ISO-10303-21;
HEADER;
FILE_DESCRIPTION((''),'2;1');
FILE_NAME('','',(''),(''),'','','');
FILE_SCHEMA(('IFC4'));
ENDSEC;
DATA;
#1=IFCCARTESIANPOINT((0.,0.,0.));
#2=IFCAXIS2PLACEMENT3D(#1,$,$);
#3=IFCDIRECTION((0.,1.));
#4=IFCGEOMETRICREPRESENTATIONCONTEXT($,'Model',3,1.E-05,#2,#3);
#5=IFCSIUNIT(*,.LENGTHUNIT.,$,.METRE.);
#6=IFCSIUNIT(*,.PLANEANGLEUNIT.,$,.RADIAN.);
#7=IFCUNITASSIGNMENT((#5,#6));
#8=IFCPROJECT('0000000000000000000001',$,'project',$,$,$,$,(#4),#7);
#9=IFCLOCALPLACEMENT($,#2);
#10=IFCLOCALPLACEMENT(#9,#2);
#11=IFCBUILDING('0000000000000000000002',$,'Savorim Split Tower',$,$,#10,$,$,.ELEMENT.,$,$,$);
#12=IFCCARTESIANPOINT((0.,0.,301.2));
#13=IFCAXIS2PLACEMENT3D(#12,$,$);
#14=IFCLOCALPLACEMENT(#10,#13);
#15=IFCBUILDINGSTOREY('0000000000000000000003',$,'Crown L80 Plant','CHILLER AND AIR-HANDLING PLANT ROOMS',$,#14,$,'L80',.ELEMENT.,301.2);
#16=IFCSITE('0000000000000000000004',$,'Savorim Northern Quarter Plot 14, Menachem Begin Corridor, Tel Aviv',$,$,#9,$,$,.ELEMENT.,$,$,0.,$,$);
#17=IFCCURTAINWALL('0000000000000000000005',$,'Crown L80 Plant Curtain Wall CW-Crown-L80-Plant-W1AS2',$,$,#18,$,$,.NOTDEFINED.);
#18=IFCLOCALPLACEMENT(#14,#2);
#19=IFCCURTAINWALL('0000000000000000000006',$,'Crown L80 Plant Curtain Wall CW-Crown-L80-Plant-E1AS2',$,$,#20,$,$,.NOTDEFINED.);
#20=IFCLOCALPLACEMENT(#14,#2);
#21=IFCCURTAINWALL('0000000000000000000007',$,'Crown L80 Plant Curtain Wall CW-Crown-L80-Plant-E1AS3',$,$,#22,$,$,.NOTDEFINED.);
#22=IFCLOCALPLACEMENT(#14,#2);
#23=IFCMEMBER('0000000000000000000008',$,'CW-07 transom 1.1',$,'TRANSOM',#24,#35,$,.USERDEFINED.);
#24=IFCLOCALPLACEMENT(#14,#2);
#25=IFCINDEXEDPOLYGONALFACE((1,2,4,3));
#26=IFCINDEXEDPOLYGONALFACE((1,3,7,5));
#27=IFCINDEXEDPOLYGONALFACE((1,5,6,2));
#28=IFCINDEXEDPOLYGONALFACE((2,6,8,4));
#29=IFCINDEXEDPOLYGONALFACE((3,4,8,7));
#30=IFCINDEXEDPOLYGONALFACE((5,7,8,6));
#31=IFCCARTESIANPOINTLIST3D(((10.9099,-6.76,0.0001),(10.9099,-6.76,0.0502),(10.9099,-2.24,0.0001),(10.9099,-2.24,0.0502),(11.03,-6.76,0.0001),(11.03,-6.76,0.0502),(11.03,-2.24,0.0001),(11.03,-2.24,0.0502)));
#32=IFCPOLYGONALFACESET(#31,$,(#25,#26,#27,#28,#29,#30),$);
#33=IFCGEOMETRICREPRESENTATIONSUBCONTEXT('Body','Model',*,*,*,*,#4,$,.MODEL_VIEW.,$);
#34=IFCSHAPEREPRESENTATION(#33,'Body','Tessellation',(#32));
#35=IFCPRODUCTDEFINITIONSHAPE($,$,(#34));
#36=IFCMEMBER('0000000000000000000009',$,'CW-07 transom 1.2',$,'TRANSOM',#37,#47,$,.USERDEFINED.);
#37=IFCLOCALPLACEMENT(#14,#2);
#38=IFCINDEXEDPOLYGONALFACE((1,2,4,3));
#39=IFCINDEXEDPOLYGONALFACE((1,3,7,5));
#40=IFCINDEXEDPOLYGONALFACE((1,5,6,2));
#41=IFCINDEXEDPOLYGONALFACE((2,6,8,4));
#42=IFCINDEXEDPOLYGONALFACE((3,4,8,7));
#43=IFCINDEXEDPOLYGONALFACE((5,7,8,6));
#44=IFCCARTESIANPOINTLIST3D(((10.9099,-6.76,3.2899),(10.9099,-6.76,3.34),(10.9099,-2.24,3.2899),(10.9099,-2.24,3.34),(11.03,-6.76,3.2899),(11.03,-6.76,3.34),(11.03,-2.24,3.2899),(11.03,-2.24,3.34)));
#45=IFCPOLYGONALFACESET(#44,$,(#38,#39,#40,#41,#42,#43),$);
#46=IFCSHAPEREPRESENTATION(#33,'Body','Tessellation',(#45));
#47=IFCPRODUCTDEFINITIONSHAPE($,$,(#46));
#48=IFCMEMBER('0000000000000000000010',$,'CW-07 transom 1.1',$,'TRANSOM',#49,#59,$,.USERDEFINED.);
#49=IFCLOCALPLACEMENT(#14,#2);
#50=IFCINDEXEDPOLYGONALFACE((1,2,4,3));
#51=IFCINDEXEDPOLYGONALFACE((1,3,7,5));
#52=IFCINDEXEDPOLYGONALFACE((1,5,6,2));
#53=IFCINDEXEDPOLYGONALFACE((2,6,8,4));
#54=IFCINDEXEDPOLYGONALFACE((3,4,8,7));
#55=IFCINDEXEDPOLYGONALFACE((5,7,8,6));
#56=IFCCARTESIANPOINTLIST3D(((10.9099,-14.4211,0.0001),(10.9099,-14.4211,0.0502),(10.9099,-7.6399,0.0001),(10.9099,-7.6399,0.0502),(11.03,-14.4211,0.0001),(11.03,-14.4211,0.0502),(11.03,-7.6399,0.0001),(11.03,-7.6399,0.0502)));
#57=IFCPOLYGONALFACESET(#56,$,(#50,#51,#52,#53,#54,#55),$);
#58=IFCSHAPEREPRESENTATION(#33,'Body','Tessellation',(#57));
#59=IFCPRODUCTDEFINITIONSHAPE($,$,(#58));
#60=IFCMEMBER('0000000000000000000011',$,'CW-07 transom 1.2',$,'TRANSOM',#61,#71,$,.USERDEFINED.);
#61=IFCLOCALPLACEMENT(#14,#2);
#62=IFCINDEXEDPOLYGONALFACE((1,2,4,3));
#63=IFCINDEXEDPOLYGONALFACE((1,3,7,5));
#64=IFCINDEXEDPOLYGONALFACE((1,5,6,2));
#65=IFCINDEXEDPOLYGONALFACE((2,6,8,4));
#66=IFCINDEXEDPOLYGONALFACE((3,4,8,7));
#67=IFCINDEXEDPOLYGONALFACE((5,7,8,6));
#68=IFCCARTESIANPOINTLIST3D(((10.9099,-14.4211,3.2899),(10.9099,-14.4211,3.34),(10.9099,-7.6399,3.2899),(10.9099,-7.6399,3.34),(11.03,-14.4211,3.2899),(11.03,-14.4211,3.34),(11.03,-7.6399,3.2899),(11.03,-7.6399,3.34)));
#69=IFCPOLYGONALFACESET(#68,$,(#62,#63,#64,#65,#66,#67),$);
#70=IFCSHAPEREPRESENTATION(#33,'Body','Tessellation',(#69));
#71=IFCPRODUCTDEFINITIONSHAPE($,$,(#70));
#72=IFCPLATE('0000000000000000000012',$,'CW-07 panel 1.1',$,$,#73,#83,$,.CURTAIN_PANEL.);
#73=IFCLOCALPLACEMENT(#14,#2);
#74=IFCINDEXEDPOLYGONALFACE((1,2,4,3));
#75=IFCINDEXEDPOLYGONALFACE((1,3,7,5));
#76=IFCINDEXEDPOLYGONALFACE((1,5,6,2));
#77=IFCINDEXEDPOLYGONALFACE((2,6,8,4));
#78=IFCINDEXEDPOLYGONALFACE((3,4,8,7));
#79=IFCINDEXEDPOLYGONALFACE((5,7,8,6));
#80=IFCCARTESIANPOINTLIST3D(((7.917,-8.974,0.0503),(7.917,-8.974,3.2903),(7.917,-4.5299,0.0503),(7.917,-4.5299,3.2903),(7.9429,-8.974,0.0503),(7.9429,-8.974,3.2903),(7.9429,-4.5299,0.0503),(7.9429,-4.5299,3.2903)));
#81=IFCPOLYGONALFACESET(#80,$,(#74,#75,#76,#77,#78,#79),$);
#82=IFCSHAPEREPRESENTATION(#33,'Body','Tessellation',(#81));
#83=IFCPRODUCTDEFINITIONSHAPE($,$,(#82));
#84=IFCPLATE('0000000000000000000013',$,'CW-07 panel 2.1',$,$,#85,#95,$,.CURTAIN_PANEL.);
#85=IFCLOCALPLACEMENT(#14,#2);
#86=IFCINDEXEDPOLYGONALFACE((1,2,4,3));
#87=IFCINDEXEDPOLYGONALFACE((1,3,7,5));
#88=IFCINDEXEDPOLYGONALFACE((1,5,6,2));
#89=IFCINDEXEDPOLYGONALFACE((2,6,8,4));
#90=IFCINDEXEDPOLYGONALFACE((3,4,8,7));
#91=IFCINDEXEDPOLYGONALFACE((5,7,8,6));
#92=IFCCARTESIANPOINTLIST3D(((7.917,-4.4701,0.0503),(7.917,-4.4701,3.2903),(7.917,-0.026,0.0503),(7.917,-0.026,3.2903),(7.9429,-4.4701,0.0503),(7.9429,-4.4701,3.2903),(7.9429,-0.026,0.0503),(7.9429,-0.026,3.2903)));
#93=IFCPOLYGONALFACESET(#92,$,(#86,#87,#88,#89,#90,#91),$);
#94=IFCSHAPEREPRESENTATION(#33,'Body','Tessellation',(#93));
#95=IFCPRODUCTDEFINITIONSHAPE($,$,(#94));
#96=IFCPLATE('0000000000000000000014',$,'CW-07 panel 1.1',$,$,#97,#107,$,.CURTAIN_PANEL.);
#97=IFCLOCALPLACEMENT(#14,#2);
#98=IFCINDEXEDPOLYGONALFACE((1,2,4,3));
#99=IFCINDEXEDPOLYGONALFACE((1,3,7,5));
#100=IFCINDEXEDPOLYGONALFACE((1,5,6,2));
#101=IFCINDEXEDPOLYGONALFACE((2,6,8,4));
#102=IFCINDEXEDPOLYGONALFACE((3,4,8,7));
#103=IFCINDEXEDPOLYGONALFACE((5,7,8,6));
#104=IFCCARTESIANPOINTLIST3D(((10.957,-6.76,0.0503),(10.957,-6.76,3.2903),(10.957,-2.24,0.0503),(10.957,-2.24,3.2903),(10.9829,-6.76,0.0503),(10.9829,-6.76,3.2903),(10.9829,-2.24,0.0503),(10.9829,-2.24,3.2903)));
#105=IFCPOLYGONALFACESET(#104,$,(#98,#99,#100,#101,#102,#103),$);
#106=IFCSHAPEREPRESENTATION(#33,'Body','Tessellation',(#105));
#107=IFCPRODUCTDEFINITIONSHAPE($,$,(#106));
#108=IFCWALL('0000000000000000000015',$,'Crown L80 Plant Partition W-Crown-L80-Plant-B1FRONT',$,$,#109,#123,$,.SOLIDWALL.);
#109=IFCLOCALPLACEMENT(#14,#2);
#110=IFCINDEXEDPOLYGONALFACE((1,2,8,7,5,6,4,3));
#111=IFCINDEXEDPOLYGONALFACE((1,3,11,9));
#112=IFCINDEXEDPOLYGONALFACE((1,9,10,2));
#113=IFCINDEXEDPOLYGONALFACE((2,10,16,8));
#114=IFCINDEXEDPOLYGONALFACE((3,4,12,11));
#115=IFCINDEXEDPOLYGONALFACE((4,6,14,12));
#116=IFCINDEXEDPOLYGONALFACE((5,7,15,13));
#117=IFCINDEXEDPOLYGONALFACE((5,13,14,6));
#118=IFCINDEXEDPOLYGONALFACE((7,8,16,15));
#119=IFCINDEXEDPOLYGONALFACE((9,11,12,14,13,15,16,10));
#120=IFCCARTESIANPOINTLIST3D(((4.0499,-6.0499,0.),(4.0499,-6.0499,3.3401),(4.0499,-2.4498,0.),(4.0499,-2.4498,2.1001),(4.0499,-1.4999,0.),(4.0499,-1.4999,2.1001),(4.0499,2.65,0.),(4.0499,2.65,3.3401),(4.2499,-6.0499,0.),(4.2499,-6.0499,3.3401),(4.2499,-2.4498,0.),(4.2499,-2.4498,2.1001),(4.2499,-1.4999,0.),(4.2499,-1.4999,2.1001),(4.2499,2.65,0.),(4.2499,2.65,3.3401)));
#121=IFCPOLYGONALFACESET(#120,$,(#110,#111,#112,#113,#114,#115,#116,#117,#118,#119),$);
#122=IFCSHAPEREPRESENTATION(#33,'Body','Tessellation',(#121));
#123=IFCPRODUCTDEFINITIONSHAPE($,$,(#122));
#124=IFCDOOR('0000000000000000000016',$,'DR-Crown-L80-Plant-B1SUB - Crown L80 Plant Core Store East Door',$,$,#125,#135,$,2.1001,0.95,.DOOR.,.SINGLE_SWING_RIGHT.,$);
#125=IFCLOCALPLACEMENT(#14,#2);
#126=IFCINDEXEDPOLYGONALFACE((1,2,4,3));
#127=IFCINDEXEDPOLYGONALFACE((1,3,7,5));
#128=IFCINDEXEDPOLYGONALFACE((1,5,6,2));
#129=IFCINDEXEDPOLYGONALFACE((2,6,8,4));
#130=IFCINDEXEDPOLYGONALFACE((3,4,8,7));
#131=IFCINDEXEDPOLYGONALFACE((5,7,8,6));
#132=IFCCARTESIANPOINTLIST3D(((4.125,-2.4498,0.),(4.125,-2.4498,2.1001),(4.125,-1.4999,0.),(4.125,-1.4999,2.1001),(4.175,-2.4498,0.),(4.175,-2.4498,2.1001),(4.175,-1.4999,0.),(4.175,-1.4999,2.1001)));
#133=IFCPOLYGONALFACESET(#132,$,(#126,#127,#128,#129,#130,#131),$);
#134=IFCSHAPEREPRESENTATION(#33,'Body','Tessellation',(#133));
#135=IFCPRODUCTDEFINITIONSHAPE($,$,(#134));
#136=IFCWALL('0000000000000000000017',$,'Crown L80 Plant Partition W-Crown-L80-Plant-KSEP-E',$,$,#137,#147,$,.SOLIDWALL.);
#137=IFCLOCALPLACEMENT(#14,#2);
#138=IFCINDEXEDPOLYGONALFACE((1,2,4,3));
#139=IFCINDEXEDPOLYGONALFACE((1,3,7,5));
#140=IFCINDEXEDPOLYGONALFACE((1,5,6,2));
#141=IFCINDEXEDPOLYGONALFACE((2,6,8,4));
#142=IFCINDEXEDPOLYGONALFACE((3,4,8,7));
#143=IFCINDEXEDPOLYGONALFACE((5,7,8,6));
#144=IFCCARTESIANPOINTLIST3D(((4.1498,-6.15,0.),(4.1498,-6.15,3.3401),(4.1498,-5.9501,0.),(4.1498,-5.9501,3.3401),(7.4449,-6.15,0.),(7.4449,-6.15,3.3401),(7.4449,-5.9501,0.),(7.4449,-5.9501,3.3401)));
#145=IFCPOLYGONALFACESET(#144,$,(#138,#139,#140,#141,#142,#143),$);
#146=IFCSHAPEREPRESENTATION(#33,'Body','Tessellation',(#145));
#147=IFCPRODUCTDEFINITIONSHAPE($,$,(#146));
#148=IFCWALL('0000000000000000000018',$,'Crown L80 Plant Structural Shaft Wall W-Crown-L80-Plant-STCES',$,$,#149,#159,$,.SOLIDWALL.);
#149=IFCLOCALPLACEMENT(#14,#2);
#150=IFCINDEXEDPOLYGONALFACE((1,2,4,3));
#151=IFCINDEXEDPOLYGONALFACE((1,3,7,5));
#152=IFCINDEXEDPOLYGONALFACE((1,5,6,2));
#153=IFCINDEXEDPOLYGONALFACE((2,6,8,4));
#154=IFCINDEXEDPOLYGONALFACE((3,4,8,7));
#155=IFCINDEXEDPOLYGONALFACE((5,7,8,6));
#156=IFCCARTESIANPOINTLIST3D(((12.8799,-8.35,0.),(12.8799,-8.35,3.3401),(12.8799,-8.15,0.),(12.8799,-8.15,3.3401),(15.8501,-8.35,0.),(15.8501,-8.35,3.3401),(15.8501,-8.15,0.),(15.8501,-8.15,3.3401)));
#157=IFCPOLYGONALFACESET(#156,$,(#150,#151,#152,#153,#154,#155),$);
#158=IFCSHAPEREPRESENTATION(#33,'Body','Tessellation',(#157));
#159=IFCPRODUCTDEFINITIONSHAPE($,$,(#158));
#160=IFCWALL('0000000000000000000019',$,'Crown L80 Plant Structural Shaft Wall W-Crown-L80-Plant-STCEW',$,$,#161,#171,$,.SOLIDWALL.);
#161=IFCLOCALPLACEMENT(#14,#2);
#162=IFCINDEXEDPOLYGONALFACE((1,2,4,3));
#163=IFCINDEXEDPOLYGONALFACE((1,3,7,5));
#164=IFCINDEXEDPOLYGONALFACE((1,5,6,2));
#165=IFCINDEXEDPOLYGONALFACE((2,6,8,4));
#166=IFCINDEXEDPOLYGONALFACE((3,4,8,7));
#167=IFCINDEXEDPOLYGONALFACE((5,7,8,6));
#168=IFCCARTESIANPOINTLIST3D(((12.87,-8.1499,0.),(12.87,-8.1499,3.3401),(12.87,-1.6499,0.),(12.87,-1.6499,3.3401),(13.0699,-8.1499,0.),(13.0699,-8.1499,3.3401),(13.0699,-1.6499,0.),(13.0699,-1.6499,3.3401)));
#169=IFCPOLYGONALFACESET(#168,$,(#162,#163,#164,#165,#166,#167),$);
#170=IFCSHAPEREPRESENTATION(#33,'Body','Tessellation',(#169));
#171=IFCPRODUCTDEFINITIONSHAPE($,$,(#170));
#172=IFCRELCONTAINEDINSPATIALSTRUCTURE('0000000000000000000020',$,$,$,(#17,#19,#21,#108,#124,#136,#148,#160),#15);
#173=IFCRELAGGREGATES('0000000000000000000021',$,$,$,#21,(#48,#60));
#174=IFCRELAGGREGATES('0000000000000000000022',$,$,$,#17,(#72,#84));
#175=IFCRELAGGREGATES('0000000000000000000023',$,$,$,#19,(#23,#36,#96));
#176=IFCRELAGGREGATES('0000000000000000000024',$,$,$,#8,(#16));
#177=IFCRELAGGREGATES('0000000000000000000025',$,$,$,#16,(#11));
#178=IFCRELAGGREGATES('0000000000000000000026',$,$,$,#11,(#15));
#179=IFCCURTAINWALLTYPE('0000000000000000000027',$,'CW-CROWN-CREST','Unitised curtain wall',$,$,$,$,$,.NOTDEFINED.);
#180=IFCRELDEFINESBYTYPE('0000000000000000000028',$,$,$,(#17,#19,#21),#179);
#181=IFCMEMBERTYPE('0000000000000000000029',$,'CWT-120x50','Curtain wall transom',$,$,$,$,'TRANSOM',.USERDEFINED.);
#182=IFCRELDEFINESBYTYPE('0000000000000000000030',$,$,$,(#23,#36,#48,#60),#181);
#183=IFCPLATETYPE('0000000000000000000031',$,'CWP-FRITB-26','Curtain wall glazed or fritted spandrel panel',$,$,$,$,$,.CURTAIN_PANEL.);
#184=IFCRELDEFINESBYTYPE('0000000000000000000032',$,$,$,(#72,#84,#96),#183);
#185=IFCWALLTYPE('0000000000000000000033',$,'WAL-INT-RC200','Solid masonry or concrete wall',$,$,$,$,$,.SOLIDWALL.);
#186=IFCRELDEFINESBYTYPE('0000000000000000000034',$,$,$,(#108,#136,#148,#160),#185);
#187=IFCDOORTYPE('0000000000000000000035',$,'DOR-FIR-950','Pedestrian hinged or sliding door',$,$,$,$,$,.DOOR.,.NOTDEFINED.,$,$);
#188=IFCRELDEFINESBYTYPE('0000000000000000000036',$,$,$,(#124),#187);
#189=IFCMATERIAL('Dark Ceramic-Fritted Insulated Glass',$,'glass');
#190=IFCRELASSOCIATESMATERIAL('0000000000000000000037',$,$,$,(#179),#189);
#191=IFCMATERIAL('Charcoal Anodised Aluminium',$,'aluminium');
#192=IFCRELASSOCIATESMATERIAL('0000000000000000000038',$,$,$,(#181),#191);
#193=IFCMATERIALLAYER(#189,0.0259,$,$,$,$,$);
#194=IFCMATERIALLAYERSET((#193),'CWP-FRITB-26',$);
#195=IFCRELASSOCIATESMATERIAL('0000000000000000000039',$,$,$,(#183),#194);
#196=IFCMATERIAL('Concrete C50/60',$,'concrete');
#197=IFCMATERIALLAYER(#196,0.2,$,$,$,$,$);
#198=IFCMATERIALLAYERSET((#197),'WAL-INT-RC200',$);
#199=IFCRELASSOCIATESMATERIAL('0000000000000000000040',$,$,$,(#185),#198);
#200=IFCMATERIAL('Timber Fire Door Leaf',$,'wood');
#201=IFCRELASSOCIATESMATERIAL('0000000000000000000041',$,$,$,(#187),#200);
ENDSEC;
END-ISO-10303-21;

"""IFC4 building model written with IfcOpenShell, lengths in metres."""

from ifc_helpers import new_model, si_unit, direction, frame, frame_2d, origin, origin_2d, place, context, subcontext, project, spatial, rectangle, extrude, material, layer, layer_set, material_profile, profile_set, type_object, element, fill, aggregate, save


model = new_model("IFC4")

# Units and contexts
model_context = context("Model", 3, precision=1e-05, world=origin(), true_north=direction((0.0, 1.0)))
body_context = subcontext(model_context, "Body", "Model", "MODEL_VIEW")
ifc_project = project(units=[si_unit("LENGTHUNIT", "METRE"), si_unit("PLANEANGLEUNIT", "RADIAN")], contexts=[model_context])

# Site, building, storey
site_placement = place(None, origin())
site = spatial("IfcSite", under=ifc_project, at=site_placement, Name="Savorim Northern Quarter Plot 14, Menachem Begin Corridor, Tel Aviv", CompositionType="ELEMENT", RefElevation=0.0)
building_placement = place(site_placement, origin())
building = spatial("IfcBuilding", under=site, at=building_placement, Name="Savorim Split Tower", CompositionType="ELEMENT")
storey_placement = place(building_placement, frame((0.0, 0.0, 301.2)))
storey = spatial("IfcBuildingStorey", under=building, at=storey_placement, Name="Crown L80 Plant", Description="CHILLER AND AIR-HANDLING PLANT ROOMS", LongName="L80", CompositionType="ELEMENT", Elevation=301.2)

# Curtain walls
ifc_material_1 = material(Name="Dark Ceramic-Fritted Insulated Glass", Category="glass")
curtain_wall_type = type_object("IfcCurtainWallType", Name="CW-CROWN-CREST", Description="Unitised curtain wall", PredefinedType="NOTDEFINED", material=ifc_material_1)
curtain_wall_1_placement = place(storey_placement, origin())
curtain_wall_1 = element("IfcCurtainWall", 1, at=curtain_wall_1_placement, inside=storey, type_object=curtain_wall_type, Name="Crown L80 Plant Curtain Wall CW-Crown-L80-Plant-W1AS2", PredefinedType="NOTDEFINED")
ifc_material_2 = material(Name="Charcoal Anodised Aluminium", Category="aluminium")
curtain_wall_2_placement = place(storey_placement, origin())
curtain_wall_2 = element("IfcCurtainWall", 2, at=curtain_wall_2_placement, inside=storey, type_object=curtain_wall_type, Name="Crown L80 Plant Curtain Wall CW-Crown-L80-Plant-E1AS2", PredefinedType="NOTDEFINED")
curtain_wall_3_placement = place(storey_placement, origin())
curtain_wall_3 = element("IfcCurtainWall", 3, at=curtain_wall_3_placement, inside=storey, type_object=curtain_wall_type, Name="Crown L80 Plant Curtain Wall CW-Crown-L80-Plant-E1AS3", PredefinedType="NOTDEFINED")

# Members
ifc_material_profile_1 = material_profile(ifc_material_2, rectangle(XDim=0.1201, YDim=0.05, at=origin_2d()), Name="ALU-T 120x50")
ifc_profile_set_1 = profile_set([ifc_material_profile_1], Name="Charcoal Anodised Aluminium")
member_type_1 = type_object("IfcMemberType", Name="CWT-120x50", Description="Curtain wall transom", ElementType="TRANSOM", PredefinedType="USERDEFINED", material=ifc_profile_set_1)
member_1_placement = place(storey_placement, frame((10.97, -2.24, 0.0251), z_axis=(0.0, -1.0, 0.0), x_axis=(1.0, 0.0, 0.0)))
member_1 = element("IfcMember", 4, at=member_1_placement, type_object=member_type_1, Name="CW-07 transom 1.1", ObjectType="TRANSOM", PredefinedType="USERDEFINED", context=body_context, shape_type="SweptSolid", body=[
    extrude(rectangle(XDim=0.1201, YDim=0.05, at=origin_2d()), origin(), (0.0, 0.0, 1.0), 4.52),
])
member_2_placement = place(storey_placement, frame((10.97, -2.24, 3.3149), z_axis=(0.0, -1.0, 0.0), x_axis=(1.0, 0.0, 0.0)))
member_2 = element("IfcMember", 5, at=member_2_placement, type_object=member_type_1, Name="CW-07 transom 1.2", ObjectType="TRANSOM", PredefinedType="USERDEFINED", context=body_context, shape_type="SweptSolid", body=[
    extrude(rectangle(XDim=0.1201, YDim=0.05, at=origin_2d()), origin(), (0.0, 0.0, 1.0), 4.52),
])
member_3_placement = place(storey_placement, frame((10.97, -7.6399, 0.0251), z_axis=(0.0, -1.0, 0.0), x_axis=(1.0, 0.0, 0.0)))
member_3 = element("IfcMember", 6, at=member_3_placement, type_object=member_type_1, Name="CW-07 transom 1.1", ObjectType="TRANSOM", PredefinedType="USERDEFINED", context=body_context, shape_type="SweptSolid", body=[
    extrude(rectangle(XDim=0.1201, YDim=0.05, at=origin_2d()), origin(), (0.0, 0.0, 1.0), 6.7812),
])
member_4_placement = place(storey_placement, frame((10.97, -7.6399, 3.3149), z_axis=(0.0, -1.0, 0.0), x_axis=(1.0, 0.0, 0.0)))
member_4 = element("IfcMember", 7, at=member_4_placement, type_object=member_type_1, Name="CW-07 transom 1.2", ObjectType="TRANSOM", PredefinedType="USERDEFINED", context=body_context, shape_type="SweptSolid", body=[
    extrude(rectangle(XDim=0.1201, YDim=0.05, at=origin_2d()), origin(), (0.0, 0.0, 1.0), 6.7812),
])
aggregate(curtain_wall_3, [member_3, member_4])

# Plates
ifc_layer_1 = layer(ifc_material_1, 0.0259)
ifc_layer_set_1 = layer_set([ifc_layer_1], Name="CWP-FRITB-26")
plate_type = type_object("IfcPlateType", Name="CWP-FRITB-26", Description="Curtain wall glazed or fritted spandrel panel", PredefinedType="CURTAIN_PANEL", material=ifc_layer_set_1)
plate_1_placement = place(storey_placement, frame((7.9299, -6.752, 0.0503), z_axis=(0.0, 0.0, 1.0), x_axis=(0.0, 1.0, 0.0)))
plate_1 = element("IfcPlate", 8, at=plate_1_placement, type_object=plate_type, Name="CW-07 panel 1.1", PredefinedType="CURTAIN_PANEL", context=body_context, shape_type="SweptSolid", body=[
    extrude(rectangle(XDim=4.4441, YDim=0.0259, at=origin_2d()), origin(), (0.0, 0.0, 1.0), 3.24),
])
plate_2_placement = place(storey_placement, frame((7.9299, -2.248, 0.0503), z_axis=(0.0, 0.0, 1.0), x_axis=(0.0, 1.0, 0.0)))
plate_2 = element("IfcPlate", 9, at=plate_2_placement, type_object=plate_type, Name="CW-07 panel 2.1", PredefinedType="CURTAIN_PANEL", context=body_context, shape_type="SweptSolid", body=[
    extrude(rectangle(XDim=4.4441, YDim=0.0259, at=origin_2d()), origin(), (0.0, 0.0, 1.0), 3.24),
])
aggregate(curtain_wall_1, [plate_1, plate_2])
plate_3_placement = place(storey_placement, frame((10.97, -4.5, 0.0503), z_axis=(0.0, 0.0, 1.0), x_axis=(0.0, -1.0, 0.0)))
plate_3 = element("IfcPlate", 10, at=plate_3_placement, type_object=plate_type, Name="CW-07 panel 1.1", PredefinedType="CURTAIN_PANEL", context=body_context, shape_type="SweptSolid", body=[
    extrude(rectangle(XDim=4.52, YDim=0.0259, at=origin_2d()), origin(), (0.0, 0.0, 1.0), 3.24),
])
aggregate(curtain_wall_2, [member_1, member_2, plate_3])

# Wall, opening, door
ifc_material_3 = material(Name="Concrete C50/60", Category="concrete")
ifc_layer_2 = layer(ifc_material_3, 0.2)
ifc_layer_set_2 = layer_set([ifc_layer_2], Name="WAL-INT-RC200")
wall_type = type_object("IfcWallType", Name="WAL-INT-RC200", Description="Solid masonry or concrete wall", PredefinedType="SOLIDWALL", material=ifc_layer_set_2)
wall_1_placement = place(storey_placement, frame((4.1499, -6.05, 0.0), z_axis=(0.0, 0.0, 1.0), x_axis=(0.0, 1.0, 0.0)))
wall_1 = element("IfcWall", 11, at=wall_1_placement, inside=storey, type_object=wall_type, Name="Crown L80 Plant Partition W-Crown-L80-Plant-B1FRONT", PredefinedType="SOLIDWALL", context=body_context, shape_type="SweptSolid", body=[
    extrude(rectangle(XDim=8.7, YDim=0.2, at=frame_2d((4.3501, 0.0))), origin(), (0.0, 0.0, 1.0), 3.3401),
])
opening_placement = place(wall_1_placement, frame((3.6001, 0.0, 0.0)))
opening = element("IfcOpeningElement", 12, at=opening_placement, cuts=wall_1, PredefinedType="OPENING", context=body_context, shape_type="SweptSolid", body=[
    extrude(rectangle(XDim=0.95, YDim=2.1001, at=frame_2d((0.4751, 1.05))), frame((0.0, 0.1099, 0.0), z_axis=(0.0, -1.0, 0.0), x_axis=(1.0, 0.0, 0.0)), (0.0, 0.0, 1.0), 0.22),
])
ifc_material_4 = material(Name="Timber Fire Door Leaf", Category="wood")
door_type = type_object("IfcDoorType", Name="DOR-FIR-950", Description="Pedestrian hinged or sliding door", OperationType="NOTDEFINED", PredefinedType="DOOR", material=ifc_material_4)
door_placement = place(opening_placement, origin())
door = element("IfcDoor", 13, at=door_placement, inside=storey, type_object=door_type, Name="DR-Crown-L80-Plant-B1SUB - Crown L80 Plant Core Store East Door", OperationType="SINGLE_SWING_RIGHT", OverallHeight=2.1001, OverallWidth=0.95, PredefinedType="DOOR", context=body_context, shape_type="SweptSolid", body=[
    extrude(rectangle(XDim=0.95, YDim=2.1001, at=frame_2d((0.4751, 1.05))), frame((0.0, 0.0249, 0.0), z_axis=(0.0, -1.0, 0.0), x_axis=(1.0, 0.0, 0.0)), (0.0, 0.0, 1.0), 0.05),
])
fill(opening, door)

# Walls
wall_2_placement = place(storey_placement, frame((4.1499, -6.05, 0.0), z_axis=(0.0, 0.0, 1.0), x_axis=(1.0, 0.0, 0.0)))
element("IfcWall", 14, at=wall_2_placement, inside=storey, type_object=wall_type, Name="Crown L80 Plant Partition W-Crown-L80-Plant-KSEP-E", PredefinedType="SOLIDWALL", context=body_context, shape_type="SweptSolid", body=[
    extrude(rectangle(XDim=3.2952, YDim=0.2, at=frame_2d((1.6475, 0.0))), origin(), (0.0, 0.0, 1.0), 3.3401),
])
wall_3_placement = place(storey_placement, frame((12.8799, -8.25, 0.0), z_axis=(0.0, 0.0, 1.0), x_axis=(1.0, 0.0, 0.0)))
element("IfcWall", 15, at=wall_3_placement, inside=storey, type_object=wall_type, Name="Crown L80 Plant Structural Shaft Wall W-Crown-L80-Plant-STCES", PredefinedType="SOLIDWALL", context=body_context, shape_type="SweptSolid", body=[
    extrude(rectangle(XDim=2.9702, YDim=0.2, at=frame_2d((1.4851, 0.0))), origin(), (0.0, 0.0, 1.0), 3.3401),
])
wall_4_placement = place(storey_placement, frame((12.97, -8.1499, 0.0), z_axis=(0.0, 0.0, 1.0), x_axis=(0.0, 1.0, 0.0)))
element("IfcWall", 16, at=wall_4_placement, inside=storey, type_object=wall_type, Name="Crown L80 Plant Structural Shaft Wall W-Crown-L80-Plant-STCEW", PredefinedType="SOLIDWALL", context=body_context, shape_type="SweptSolid", body=[
    extrude(rectangle(XDim=6.5, YDim=0.2, at=frame_2d((3.25, 0.0))), origin(), (0.0, 0.0, 1.0), 3.3401),
])

save(model, "model.ifc")
